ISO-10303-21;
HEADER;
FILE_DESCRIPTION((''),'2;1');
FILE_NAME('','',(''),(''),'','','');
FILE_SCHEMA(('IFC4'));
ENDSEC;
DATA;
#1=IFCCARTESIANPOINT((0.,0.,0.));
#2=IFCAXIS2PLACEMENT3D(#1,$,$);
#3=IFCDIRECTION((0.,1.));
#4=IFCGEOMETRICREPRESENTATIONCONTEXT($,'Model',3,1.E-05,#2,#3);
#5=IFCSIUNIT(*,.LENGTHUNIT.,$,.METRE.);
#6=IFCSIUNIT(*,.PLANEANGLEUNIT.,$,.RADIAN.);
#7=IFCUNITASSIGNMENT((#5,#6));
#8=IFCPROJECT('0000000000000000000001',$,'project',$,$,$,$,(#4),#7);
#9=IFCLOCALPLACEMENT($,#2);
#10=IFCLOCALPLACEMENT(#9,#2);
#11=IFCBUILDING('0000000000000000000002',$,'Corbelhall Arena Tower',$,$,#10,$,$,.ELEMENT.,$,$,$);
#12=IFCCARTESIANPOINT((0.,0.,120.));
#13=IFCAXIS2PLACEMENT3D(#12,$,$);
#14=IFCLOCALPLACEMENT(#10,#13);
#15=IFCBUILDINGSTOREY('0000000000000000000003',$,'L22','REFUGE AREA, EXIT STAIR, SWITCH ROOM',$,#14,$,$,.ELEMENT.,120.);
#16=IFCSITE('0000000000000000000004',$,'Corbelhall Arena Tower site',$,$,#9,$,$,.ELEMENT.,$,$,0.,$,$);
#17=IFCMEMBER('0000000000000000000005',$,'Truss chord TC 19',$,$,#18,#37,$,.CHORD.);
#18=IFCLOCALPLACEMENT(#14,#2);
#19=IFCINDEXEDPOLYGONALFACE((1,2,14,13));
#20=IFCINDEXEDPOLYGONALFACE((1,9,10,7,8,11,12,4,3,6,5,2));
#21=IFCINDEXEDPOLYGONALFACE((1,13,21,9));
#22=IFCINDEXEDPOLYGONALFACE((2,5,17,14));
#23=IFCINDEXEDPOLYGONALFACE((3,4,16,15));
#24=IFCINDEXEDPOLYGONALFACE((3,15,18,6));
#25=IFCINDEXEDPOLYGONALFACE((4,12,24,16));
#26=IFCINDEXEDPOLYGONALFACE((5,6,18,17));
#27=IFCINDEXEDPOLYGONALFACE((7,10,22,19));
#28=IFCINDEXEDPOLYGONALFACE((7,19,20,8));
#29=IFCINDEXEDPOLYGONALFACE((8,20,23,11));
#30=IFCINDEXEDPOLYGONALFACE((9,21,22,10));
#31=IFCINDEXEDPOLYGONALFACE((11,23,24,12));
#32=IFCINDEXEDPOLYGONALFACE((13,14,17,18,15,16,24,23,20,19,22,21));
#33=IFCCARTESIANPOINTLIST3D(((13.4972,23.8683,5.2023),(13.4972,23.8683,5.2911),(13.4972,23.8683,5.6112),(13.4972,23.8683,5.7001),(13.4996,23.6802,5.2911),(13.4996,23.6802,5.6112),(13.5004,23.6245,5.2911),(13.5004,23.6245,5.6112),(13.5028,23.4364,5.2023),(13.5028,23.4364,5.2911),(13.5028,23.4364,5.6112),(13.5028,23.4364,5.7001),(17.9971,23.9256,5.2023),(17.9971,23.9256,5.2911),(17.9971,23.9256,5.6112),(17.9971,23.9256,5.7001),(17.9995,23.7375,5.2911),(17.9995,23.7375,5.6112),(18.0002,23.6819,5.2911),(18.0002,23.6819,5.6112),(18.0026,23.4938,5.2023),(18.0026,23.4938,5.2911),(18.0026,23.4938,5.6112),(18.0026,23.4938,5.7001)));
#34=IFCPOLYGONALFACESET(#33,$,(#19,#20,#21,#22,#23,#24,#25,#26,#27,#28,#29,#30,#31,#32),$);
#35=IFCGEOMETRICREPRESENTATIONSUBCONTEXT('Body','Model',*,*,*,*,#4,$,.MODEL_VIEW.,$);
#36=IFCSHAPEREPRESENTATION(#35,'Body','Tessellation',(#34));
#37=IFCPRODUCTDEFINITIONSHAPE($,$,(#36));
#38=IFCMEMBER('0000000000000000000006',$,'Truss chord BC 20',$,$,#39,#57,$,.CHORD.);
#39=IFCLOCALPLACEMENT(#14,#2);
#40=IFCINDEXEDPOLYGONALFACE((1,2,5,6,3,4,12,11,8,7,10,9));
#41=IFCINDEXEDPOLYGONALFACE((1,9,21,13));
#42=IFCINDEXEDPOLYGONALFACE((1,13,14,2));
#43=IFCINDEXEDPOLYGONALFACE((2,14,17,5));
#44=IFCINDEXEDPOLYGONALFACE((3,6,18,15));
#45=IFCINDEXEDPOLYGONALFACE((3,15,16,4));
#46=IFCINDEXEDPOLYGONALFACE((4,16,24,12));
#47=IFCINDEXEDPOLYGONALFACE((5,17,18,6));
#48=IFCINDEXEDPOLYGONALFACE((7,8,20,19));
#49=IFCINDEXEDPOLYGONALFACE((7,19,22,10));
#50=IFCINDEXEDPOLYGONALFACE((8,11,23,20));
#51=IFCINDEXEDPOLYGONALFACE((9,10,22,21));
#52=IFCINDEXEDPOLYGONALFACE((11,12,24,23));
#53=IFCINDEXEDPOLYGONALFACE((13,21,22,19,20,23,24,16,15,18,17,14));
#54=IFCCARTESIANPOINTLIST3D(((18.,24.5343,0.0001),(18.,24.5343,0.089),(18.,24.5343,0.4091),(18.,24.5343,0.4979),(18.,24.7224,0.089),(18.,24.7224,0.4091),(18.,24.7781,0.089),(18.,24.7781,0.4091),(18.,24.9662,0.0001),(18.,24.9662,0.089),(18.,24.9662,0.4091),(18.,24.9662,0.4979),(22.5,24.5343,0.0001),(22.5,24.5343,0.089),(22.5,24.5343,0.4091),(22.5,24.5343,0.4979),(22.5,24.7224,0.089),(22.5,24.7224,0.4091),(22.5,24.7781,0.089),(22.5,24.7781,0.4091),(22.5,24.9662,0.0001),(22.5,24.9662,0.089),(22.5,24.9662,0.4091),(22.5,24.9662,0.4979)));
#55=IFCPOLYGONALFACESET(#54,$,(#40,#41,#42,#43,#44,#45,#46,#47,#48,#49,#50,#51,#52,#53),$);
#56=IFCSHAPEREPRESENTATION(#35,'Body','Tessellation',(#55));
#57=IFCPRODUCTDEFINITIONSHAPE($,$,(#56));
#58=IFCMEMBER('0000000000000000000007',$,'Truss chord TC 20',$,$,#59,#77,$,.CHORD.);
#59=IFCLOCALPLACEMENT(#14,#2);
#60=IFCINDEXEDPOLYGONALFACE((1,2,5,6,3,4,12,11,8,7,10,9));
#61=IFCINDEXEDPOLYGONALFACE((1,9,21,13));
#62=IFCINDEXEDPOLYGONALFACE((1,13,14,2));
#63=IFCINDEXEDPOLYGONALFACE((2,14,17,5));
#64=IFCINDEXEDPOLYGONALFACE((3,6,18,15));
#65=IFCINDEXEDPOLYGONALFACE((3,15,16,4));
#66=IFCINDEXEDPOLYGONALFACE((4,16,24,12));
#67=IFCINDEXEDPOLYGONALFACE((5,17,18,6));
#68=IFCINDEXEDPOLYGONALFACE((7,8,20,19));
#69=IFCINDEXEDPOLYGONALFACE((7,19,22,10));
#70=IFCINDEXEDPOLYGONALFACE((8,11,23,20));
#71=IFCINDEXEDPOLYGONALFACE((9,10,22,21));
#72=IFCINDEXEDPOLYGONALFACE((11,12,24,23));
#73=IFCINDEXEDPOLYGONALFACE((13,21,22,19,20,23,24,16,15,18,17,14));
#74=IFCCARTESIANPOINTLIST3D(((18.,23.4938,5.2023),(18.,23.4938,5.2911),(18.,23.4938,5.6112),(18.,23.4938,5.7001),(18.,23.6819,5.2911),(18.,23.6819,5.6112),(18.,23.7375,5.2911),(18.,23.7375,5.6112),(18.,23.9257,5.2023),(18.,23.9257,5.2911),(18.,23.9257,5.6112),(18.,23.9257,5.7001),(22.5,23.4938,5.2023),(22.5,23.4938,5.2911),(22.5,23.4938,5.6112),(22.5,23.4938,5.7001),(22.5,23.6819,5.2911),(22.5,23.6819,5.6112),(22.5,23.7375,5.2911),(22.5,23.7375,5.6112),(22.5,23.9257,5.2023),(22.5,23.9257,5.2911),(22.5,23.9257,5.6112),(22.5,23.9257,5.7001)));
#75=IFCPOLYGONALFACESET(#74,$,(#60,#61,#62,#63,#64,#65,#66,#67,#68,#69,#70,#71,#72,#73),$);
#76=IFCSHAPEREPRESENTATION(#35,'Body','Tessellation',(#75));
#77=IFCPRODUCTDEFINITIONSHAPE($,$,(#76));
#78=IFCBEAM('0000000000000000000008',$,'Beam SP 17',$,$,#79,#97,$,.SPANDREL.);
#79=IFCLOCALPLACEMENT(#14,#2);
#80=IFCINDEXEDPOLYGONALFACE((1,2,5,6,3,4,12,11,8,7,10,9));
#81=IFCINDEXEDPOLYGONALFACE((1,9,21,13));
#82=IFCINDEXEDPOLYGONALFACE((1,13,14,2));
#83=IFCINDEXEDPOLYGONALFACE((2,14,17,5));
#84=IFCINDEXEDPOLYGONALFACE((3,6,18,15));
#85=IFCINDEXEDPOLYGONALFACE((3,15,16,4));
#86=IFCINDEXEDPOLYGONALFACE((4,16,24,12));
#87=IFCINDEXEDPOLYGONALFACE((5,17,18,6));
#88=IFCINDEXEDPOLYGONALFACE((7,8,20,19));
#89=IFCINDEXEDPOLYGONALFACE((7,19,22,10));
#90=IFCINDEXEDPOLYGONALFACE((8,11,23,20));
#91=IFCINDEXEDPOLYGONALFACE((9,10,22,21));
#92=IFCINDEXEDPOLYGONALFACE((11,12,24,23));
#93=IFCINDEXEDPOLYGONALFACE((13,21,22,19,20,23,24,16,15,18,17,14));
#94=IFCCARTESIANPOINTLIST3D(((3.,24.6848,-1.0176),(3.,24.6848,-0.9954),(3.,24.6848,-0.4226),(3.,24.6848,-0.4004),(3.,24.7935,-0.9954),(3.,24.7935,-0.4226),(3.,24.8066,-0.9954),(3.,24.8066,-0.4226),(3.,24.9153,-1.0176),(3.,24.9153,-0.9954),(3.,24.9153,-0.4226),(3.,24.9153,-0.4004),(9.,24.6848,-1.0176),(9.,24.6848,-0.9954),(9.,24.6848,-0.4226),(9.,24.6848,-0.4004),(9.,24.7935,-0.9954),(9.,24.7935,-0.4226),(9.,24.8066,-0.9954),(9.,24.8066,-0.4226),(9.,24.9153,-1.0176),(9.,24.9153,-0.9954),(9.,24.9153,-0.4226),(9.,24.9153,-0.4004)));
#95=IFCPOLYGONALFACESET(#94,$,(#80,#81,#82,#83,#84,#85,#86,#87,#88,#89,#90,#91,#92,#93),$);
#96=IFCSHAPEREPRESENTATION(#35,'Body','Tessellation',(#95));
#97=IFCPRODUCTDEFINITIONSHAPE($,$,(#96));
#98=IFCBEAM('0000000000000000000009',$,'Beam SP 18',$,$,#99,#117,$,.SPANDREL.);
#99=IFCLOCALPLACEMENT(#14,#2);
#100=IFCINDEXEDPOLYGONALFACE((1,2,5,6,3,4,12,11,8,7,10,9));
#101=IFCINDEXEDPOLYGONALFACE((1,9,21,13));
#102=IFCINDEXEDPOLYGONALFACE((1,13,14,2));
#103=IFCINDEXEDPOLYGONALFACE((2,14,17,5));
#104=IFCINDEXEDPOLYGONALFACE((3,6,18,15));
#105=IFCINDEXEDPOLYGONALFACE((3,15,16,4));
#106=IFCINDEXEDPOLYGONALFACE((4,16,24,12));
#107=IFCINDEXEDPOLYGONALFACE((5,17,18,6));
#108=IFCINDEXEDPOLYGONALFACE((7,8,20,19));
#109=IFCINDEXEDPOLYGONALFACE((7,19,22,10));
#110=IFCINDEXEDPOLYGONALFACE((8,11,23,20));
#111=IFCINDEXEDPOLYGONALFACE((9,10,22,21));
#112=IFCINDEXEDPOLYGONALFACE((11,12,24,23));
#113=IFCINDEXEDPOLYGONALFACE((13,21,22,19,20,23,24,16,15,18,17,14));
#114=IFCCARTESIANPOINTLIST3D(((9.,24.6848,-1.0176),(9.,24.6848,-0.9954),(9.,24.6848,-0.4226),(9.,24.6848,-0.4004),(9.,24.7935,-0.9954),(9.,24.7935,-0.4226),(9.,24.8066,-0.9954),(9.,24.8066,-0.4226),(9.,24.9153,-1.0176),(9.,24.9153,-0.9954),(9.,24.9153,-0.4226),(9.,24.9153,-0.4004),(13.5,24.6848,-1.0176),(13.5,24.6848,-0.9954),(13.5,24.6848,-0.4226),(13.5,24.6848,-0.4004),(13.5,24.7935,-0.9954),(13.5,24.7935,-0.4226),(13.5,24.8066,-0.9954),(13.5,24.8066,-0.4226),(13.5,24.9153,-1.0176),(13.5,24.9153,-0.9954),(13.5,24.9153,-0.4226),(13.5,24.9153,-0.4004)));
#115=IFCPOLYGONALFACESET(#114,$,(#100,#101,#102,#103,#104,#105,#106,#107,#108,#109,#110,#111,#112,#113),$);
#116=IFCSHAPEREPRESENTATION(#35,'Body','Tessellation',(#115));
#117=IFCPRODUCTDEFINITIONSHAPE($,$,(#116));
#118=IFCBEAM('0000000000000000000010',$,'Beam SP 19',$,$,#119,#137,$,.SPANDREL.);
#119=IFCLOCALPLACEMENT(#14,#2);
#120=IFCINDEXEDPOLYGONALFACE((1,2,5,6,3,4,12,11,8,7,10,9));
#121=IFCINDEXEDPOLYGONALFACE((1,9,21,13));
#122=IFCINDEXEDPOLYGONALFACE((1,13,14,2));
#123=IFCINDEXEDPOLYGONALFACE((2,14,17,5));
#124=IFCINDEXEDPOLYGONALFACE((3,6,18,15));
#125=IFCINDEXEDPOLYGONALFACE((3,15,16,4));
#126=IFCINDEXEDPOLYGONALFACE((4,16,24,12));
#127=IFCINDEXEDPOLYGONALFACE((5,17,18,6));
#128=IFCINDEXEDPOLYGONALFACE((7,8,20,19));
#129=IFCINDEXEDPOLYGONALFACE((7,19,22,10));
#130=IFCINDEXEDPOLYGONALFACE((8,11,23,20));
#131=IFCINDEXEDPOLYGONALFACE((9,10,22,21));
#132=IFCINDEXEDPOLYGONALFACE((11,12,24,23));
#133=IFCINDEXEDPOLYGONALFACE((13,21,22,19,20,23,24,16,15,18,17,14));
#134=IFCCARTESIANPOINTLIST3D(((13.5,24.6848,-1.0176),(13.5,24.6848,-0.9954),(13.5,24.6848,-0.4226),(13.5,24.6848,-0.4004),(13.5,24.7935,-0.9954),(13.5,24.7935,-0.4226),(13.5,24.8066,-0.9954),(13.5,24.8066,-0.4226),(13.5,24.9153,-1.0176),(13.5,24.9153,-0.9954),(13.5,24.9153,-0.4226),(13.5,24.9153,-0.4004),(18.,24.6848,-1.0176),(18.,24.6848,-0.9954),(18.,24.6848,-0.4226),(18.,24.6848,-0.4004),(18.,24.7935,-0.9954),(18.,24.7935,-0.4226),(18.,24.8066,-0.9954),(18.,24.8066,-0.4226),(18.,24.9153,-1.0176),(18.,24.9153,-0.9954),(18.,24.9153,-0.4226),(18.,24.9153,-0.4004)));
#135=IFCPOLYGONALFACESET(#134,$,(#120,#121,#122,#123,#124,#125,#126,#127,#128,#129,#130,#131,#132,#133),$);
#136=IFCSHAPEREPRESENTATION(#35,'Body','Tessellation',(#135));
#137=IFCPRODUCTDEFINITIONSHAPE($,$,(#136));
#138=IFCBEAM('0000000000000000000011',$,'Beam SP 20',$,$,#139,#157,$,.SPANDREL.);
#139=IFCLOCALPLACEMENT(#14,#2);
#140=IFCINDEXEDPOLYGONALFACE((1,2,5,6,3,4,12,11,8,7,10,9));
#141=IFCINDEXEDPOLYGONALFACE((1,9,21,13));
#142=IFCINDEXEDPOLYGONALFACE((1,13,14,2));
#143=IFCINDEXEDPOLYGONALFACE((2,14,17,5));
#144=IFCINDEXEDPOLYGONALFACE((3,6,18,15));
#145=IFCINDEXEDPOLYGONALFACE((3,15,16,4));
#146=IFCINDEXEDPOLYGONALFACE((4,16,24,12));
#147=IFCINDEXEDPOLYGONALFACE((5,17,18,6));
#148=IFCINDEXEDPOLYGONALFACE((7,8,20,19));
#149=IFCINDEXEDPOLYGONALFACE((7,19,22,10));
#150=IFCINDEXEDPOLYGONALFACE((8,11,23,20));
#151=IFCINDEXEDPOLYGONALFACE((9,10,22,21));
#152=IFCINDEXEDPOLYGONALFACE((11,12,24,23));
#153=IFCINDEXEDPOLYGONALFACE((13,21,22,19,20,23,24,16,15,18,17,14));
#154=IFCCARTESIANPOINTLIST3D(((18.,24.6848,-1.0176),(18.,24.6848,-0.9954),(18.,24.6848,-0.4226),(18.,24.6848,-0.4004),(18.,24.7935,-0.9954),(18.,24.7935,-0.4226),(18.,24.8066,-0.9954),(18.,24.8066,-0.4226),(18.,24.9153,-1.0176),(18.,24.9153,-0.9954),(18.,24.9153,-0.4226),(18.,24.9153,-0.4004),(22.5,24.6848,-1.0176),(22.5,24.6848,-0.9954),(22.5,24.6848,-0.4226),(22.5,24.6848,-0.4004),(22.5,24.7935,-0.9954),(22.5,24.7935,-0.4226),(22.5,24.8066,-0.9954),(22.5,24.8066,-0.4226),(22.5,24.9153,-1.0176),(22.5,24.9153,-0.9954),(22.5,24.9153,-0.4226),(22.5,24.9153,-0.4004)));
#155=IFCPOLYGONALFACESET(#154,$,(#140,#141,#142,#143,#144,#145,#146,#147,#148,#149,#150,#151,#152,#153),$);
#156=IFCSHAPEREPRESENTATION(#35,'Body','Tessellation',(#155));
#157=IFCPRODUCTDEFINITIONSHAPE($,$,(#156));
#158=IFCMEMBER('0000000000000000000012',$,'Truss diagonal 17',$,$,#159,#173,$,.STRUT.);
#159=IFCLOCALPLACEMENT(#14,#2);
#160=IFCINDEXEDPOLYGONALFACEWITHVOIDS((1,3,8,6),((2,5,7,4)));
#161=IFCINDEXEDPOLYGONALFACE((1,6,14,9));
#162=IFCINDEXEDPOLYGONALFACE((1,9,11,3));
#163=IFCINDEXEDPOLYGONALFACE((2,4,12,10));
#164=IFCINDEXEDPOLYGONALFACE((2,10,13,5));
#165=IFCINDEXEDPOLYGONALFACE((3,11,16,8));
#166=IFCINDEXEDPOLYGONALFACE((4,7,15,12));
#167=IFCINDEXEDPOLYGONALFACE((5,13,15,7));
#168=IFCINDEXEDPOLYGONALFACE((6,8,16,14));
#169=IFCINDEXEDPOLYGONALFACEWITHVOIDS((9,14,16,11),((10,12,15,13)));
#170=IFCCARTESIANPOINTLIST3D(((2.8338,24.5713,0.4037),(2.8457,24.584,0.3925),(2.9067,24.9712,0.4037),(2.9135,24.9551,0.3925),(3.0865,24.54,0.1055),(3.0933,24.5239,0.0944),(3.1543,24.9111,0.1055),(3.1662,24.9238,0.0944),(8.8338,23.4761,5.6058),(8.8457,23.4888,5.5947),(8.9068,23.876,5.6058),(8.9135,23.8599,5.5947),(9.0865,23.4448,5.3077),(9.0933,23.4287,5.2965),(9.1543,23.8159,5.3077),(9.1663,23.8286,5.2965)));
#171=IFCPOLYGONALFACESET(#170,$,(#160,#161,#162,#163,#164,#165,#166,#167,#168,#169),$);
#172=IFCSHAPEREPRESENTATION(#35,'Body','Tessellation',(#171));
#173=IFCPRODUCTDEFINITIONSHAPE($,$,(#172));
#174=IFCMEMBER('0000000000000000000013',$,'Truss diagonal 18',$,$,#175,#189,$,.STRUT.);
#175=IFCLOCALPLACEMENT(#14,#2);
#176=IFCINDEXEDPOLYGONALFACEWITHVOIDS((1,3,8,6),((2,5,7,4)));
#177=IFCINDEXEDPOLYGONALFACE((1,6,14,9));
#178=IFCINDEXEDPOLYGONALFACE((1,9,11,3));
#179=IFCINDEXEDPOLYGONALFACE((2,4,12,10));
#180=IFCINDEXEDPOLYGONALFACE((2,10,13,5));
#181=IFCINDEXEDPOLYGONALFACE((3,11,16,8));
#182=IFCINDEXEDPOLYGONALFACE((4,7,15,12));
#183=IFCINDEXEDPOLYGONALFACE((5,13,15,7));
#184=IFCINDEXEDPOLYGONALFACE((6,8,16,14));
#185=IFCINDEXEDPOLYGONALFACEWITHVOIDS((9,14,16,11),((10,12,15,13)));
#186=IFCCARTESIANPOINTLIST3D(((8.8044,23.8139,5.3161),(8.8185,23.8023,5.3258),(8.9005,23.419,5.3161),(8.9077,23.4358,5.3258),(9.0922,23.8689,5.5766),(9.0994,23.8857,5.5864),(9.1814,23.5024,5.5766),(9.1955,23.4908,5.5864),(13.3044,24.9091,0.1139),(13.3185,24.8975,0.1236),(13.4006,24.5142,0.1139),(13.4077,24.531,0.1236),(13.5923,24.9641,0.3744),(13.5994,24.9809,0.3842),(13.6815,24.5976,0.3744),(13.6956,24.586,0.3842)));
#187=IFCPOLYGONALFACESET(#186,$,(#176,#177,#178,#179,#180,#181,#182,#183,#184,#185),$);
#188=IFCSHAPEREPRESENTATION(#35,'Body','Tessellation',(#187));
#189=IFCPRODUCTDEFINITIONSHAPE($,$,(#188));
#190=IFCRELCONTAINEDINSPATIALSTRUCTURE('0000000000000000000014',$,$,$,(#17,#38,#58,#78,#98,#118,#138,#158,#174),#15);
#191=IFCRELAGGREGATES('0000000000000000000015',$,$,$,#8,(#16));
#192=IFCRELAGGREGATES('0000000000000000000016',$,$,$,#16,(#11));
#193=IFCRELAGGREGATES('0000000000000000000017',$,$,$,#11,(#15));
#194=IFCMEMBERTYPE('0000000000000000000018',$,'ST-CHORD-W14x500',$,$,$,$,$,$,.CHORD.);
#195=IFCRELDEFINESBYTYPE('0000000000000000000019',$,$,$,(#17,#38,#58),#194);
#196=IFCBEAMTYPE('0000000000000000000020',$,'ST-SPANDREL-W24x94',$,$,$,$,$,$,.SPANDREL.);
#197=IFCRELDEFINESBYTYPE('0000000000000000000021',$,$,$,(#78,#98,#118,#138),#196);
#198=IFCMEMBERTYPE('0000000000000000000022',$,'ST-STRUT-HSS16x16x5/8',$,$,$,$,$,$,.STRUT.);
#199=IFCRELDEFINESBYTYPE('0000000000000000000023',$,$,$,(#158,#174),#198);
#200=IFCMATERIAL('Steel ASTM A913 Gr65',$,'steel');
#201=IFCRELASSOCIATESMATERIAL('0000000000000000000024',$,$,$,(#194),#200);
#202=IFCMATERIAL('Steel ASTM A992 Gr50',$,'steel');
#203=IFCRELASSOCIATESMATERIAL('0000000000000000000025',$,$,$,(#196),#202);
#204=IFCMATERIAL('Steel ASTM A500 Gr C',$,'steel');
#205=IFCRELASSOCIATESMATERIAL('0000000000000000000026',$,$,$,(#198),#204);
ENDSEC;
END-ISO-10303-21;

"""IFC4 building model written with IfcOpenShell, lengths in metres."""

from ifc_helpers import new_model, si_unit, direction, frame, origin, origin_2d, place, context, subcontext, project, spatial, hollow_rectangle, i_section, extrude, material, material_profile, profile_set, type_object, element, save


model = new_model("IFC4")

# Units and contexts
model_context = context("Model", 3, precision=1e-05, world=origin(), true_north=direction((0.0, 1.0)))
body_context = subcontext(model_context, "Body", "Model", "MODEL_VIEW")
ifc_project = project(units=[si_unit("LENGTHUNIT", "METRE"), si_unit("PLANEANGLEUNIT", "RADIAN")], contexts=[model_context])

# Site, building, storey
site_placement = place(None, origin())
site = spatial("IfcSite", under=ifc_project, at=site_placement, Name="Corbelhall Arena Tower site", CompositionType="ELEMENT", RefElevation=0.0)
building_placement = place(site_placement, origin())
building = spatial("IfcBuilding", under=site, at=building_placement, Name="Corbelhall Arena Tower", CompositionType="ELEMENT")
storey_placement = place(building_placement, frame((0.0, 0.0, 120.0)))
storey = spatial("IfcBuildingStorey", under=building, at=storey_placement, Name="L22", Description="REFUGE AREA, EXIT STAIR, SWITCH ROOM", CompositionType="ELEMENT", Elevation=120.0)

# Members
ifc_material_1 = material(Name="Steel ASTM A913 Gr65", Category="steel")
ifc_material_profile_1 = material_profile(ifc_material_1, i_section(OverallWidth=0.4319, OverallDepth=0.4978, WebThickness=0.0557, FlangeThickness=0.0889, at=origin_2d()))
ifc_profile_set_1 = profile_set([ifc_material_profile_1], Name="Steel ASTM A913 Gr65")
member_type_1 = type_object("IfcMemberType", Name="ST-CHORD-W14x500", PredefinedType="CHORD", material=ifc_profile_set_1)
member_1_placement = place(storey_placement, frame((13.5, 23.6523, 5.4512), z_axis=(0.999919, 0.012749, 0.0), x_axis=(-0.012749, 0.999919, 0.0)))
element("IfcMember", 1, at=member_1_placement, inside=storey, type_object=member_type_1, Name="Truss chord TC 19", PredefinedType="CHORD", context=body_context, shape_type="SweptSolid", body=[
    extrude(i_section(OverallWidth=0.4319, OverallDepth=0.4978, WebThickness=0.0557, FlangeThickness=0.0889, at=origin_2d()), origin(), (0.0, 0.0, 1.0), 4.5002),
])
for number, where, z_axis, x_axis, name in (
    (2, (18.0, 24.7502, 0.249), (1.0, 0.0, 0.0), (0.0, 1.0, 0.0), "Truss chord BC 20"),
    (3, (18.0, 23.7097, 5.4512), (1.0, 0.0, 0.0), (0.0, 1.0, 0.0), "Truss chord TC 20"),
):
    element("IfcMember", number, at=place(storey_placement, frame(where, z_axis=z_axis, x_axis=x_axis)), inside=storey, type_object=member_type_1, Name=name, PredefinedType="CHORD", context=body_context, shape_type="SweptSolid", body=[
        extrude(i_section(OverallWidth=0.4319, OverallDepth=0.4978, WebThickness=0.0557, FlangeThickness=0.0889, at=origin_2d()), origin(), (0.0, 0.0, 1.0), 4.5),
    ])

# Beams
ifc_material_2 = material(Name="Steel ASTM A992 Gr50", Category="steel")
ifc_material_profile_2 = material_profile(ifc_material_2, i_section(OverallWidth=0.2305, OverallDepth=0.6172, WebThickness=0.0132, FlangeThickness=0.0222, at=origin_2d()))
ifc_profile_set_2 = profile_set([ifc_material_profile_2], Name="Steel ASTM A992 Gr50")
beam_type = type_object("IfcBeamType", Name="ST-SPANDREL-W24x94", PredefinedType="SPANDREL", material=ifc_profile_set_2)
beam_placement = place(storey_placement, frame((3.0, 24.8, -0.709), z_axis=(1.0, 0.0, 0.0), x_axis=(0.0, 1.0, 0.0)))
element("IfcBeam", 4, at=beam_placement, inside=storey, type_object=beam_type, Name="Beam SP 17", PredefinedType="SPANDREL", context=body_context, shape_type="SweptSolid", body=[
    extrude(i_section(OverallWidth=0.2305, OverallDepth=0.6172, WebThickness=0.0132, FlangeThickness=0.0222, at=origin_2d()), origin(), (0.0, 0.0, 1.0), 6.0),
])
for number, where, z_axis, x_axis, name in (
    (5, (9.0, 24.8, -0.709), (1.0, 0.0, 0.0), (0.0, 1.0, 0.0), "Beam SP 18"),
    (6, (13.5, 24.8, -0.709), (1.0, 0.0, 0.0), (0.0, 1.0, 0.0), "Beam SP 19"),
    (7, (18.0, 24.8, -0.709), (1.0, 0.0, 0.0), (0.0, 1.0, 0.0), "Beam SP 20"),
):
    element("IfcBeam", number, at=place(storey_placement, frame(where, z_axis=z_axis, x_axis=x_axis)), inside=storey, type_object=beam_type, Name=name, PredefinedType="SPANDREL", context=body_context, shape_type="SweptSolid", body=[
        extrude(i_section(OverallWidth=0.2305, OverallDepth=0.6172, WebThickness=0.0132, FlangeThickness=0.0222, at=origin_2d()), origin(), (0.0, 0.0, 1.0), 4.5),
    ])

# Members
ifc_material_3 = material(Name="Steel ASTM A500 Gr C", Category="steel")
ifc_material_profile_3 = material_profile(ifc_material_3, hollow_rectangle(XDim=0.4065, YDim=0.4065, WallThickness=0.0146, at=origin_2d()))
ifc_profile_set_3 = profile_set([ifc_material_profile_3], Name="Steel ASTM A500 Gr C")
member_type_2 = type_object("IfcMemberType", Name="ST-STRUT-HSS16x16x5/8", PredefinedType="STRUT", material=ifc_profile_set_3)
member_2_placement = place(storey_placement, frame((3.0, 24.7476, 0.249), z_axis=(0.74847, -0.136623, 0.648942), x_axis=(0.179569, 0.983745, 0.0)))
element("IfcMember", 8, at=member_2_placement, inside=storey, type_object=member_type_2, Name="Truss diagonal 17", PredefinedType="STRUT", context=body_context, shape_type="SweptSolid", body=[
    extrude(hollow_rectangle(XDim=0.4065, YDim=0.4065, WallThickness=0.0146, at=origin_2d()), origin(), (0.0, 0.0, 1.0), 8.0164),
])
member_3_placement = place(storey_placement, frame((13.5, 24.7476, 0.249), z_axis=(-0.646083, -0.157244, 0.746894), x_axis=(0.236478, -0.971637, 0.0)))
element("IfcMember", 9, at=member_3_placement, inside=storey, type_object=member_type_2, Name="Truss diagonal 18", PredefinedType="STRUT", context=body_context, shape_type="SweptSolid", body=[
    extrude(hollow_rectangle(XDim=0.4065, YDim=0.4065, WallThickness=0.0146, at=origin_2d()), origin(), (0.0, 0.0, 1.0), 6.9651),
])

save(model, "model.ifc")
